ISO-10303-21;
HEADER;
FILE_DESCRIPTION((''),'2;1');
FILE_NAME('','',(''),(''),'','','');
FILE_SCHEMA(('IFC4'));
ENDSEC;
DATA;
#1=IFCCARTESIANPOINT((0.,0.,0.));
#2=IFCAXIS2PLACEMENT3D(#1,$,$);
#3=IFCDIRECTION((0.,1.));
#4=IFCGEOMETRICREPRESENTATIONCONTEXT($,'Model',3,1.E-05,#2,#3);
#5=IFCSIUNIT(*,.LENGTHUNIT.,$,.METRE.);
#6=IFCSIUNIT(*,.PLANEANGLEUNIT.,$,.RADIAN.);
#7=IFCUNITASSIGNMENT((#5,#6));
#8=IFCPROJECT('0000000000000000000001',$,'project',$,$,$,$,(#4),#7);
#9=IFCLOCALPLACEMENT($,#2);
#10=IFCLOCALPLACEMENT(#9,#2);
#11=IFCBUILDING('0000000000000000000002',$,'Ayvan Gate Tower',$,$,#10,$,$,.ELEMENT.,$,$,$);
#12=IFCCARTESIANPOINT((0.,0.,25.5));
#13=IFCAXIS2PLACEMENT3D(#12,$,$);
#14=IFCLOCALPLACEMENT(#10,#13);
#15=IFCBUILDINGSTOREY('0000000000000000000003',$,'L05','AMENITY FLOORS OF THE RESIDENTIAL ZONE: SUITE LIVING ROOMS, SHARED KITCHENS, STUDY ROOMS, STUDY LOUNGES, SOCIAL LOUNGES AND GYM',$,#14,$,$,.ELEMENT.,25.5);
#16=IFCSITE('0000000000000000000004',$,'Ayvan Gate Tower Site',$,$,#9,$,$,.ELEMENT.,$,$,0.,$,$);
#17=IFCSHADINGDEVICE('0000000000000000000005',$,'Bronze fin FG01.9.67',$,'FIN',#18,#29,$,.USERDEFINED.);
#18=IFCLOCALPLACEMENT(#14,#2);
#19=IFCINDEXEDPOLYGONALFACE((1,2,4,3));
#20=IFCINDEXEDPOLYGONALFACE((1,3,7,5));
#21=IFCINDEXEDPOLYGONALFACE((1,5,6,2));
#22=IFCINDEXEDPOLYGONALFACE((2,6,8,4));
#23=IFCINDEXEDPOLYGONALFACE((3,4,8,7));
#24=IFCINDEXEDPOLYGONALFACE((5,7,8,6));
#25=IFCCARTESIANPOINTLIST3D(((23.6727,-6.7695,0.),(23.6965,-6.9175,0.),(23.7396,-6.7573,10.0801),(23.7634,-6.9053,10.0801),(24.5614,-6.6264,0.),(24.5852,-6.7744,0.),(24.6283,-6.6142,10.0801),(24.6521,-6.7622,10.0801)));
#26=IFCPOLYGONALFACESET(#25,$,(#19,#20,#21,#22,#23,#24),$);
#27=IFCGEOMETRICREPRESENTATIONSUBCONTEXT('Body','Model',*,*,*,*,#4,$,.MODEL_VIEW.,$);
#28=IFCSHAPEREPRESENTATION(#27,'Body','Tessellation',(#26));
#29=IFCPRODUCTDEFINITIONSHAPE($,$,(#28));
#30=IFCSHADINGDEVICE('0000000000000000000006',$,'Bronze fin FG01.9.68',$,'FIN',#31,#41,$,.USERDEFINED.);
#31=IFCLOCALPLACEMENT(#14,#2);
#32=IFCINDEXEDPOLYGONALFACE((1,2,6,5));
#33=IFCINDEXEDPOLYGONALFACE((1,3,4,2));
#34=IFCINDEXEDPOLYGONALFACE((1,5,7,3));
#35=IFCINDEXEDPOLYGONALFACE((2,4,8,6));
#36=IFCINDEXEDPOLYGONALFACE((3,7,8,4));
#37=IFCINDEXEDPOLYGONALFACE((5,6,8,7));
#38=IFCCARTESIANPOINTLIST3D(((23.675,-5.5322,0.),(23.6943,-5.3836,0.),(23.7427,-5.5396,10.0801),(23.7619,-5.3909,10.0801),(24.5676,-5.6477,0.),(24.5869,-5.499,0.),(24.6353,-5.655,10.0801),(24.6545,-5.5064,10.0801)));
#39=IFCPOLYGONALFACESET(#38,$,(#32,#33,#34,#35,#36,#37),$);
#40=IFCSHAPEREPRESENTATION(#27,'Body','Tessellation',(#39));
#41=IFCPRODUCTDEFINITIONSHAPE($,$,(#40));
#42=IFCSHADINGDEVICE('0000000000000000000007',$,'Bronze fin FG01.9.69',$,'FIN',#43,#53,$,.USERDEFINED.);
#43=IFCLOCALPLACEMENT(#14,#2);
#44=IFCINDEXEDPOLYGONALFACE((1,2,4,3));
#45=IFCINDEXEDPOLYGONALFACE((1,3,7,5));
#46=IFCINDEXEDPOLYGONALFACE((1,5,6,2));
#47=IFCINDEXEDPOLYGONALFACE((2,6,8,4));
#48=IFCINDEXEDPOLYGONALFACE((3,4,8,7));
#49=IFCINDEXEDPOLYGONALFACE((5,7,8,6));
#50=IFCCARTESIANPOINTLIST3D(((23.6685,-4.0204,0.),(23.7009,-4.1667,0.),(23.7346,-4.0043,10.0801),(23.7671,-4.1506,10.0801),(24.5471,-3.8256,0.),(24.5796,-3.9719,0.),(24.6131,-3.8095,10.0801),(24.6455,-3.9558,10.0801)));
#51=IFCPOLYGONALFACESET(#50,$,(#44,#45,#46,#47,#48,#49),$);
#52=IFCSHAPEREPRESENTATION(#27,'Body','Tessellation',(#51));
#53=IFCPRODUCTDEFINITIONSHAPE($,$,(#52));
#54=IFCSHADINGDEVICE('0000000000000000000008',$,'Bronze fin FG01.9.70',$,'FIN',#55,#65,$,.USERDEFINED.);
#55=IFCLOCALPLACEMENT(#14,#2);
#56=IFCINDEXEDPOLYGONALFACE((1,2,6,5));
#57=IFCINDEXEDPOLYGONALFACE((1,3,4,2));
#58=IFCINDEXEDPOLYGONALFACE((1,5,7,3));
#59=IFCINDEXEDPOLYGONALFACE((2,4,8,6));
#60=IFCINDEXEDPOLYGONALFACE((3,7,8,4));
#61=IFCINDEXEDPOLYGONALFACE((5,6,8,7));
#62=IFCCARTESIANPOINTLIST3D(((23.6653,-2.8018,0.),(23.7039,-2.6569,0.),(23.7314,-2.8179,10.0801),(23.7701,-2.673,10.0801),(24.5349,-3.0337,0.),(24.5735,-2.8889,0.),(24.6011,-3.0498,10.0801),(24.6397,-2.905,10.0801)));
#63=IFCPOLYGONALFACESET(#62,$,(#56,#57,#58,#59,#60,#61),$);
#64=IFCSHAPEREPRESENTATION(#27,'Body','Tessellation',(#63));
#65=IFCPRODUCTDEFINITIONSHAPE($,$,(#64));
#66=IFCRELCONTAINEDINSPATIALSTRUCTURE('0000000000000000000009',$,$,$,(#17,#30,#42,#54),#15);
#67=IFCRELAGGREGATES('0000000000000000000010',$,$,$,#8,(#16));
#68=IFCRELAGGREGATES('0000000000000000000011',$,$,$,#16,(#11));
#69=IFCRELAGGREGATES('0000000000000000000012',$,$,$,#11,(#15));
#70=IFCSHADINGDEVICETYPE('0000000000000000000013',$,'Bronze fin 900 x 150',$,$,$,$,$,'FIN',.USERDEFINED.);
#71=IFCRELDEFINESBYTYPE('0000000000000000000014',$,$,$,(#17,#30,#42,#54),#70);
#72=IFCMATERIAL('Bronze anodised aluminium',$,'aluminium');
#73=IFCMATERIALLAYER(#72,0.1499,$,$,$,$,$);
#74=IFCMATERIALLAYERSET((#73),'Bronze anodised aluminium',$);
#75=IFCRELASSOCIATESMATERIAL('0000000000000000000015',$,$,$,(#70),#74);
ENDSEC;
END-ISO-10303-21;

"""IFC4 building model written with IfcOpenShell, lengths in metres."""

from ifc_helpers import new_model, si_unit, direction, frame, origin, place, context, subcontext, project, spatial, polyline, outline, extrude, material, layer, layer_set, type_object, element, save


model = new_model("IFC4")

# Units and contexts
model_context = context("Model", 3, precision=1e-05, world=origin(), true_north=direction((0.0, 1.0)))
body_context = subcontext(model_context, "Body", "Model", "MODEL_VIEW")
ifc_project = project(units=[si_unit("LENGTHUNIT", "METRE"), si_unit("PLANEANGLEUNIT", "RADIAN")], contexts=[model_context])

# Site, building, storey
site_placement = place(None, origin())
site = spatial("IfcSite", under=ifc_project, at=site_placement, Name="Ayvan Gate Tower Site", CompositionType="ELEMENT", RefElevation=0.0)
building_placement = place(site_placement, origin())
building = spatial("IfcBuilding", under=site, at=building_placement, Name="Ayvan Gate Tower", CompositionType="ELEMENT")
storey_placement = place(building_placement, frame((0.0, 0.0, 25.5)))
storey = spatial("IfcBuildingStorey", under=building, at=storey_placement, Name="L05", Description="AMENITY FLOORS OF THE RESIDENTIAL ZONE: SUITE LIVING ROOMS, SHARED KITCHENS, STUDY ROOMS, STUDY LOUNGES, SOCIAL LOUNGES AND GYM", CompositionType="ELEMENT", Elevation=25.5)

# Shared definitions
ifc_material_1 = material(Name="Bronze anodised aluminium", Category="aluminium")

# Shading devices
ifc_layer_1 = layer(ifc_material_1, 0.1499)
ifc_layer_set_1 = layer_set([ifc_layer_1], Name="Bronze anodised aluminium")
shading_device_type = type_object("IfcShadingDeviceType", Name="Bronze fin 900 x 150", ElementType="FIN", PredefinedType="USERDEFINED", material=ifc_layer_set_1)
shading_device_1_placement = place(storey_placement, frame((23.6965, -6.9175, 0.0), z_axis=(0.158942, -0.987288, 0.000141), x_axis=(0.987288, 0.158942, 0.0)))
element("IfcShadingDevice", 1, at=shading_device_1_placement, inside=storey, type_object=shading_device_type, Name="Bronze fin FG01.9.67", ObjectType="FIN", PredefinedType="USERDEFINED", context=body_context, shape_type="SweptSolid", body=[
    extrude(outline(polyline([(0.0, 0.0), (0.9001, 0.0), (0.9681, 10.0801), (0.068, 10.0801), (0.0, 0.0)])), origin(), (0.0, 0.0, -1.0), 0.1499),
])
shading_device_2_placement = place(storey_placement, frame((23.675, -5.5322, 0.0), z_axis=(-0.128307, -0.991734, 0.00014), x_axis=(0.991734, -0.128307, 0.0)))
element("IfcShadingDevice", 2, at=shading_device_2_placement, inside=storey, type_object=shading_device_type, Name="Bronze fin FG01.9.68", ObjectType="FIN", PredefinedType="USERDEFINED", context=body_context, shape_type="SweptSolid", body=[
    extrude(outline(polyline([(0.0, 0.0), (0.9, 0.0), (0.968, 10.0801), (0.068, 10.0801), (0.0, 0.0)])), origin(), (0.0, 0.0, -1.0), 0.1499),
])
shading_device_3_placement = place(storey_placement, frame((23.7009, -4.1667, 0.0), z_axis=(0.2165, -0.976283, 0.000142), x_axis=(0.976283, 0.2165, 0.0)))
element("IfcShadingDevice", 3, at=shading_device_3_placement, inside=storey, type_object=shading_device_type, Name="Bronze fin FG01.9.69", ObjectType="FIN", PredefinedType="USERDEFINED", context=body_context, shape_type="SweptSolid", body=[
    extrude(outline(polyline([(0.0, 0.0), (0.9, 0.0), (0.9678, 10.0801), (0.0681, 10.0801), (0.0, 0.0)])), origin(), (0.0, 0.0, -1.0), 0.1499),
])
shading_device_4_placement = place(storey_placement, frame((23.6653, -2.8018, 0.0), z_axis=(-0.257696, -0.966226, 0.000147), x_axis=(0.966226, -0.257696, 0.0)))
element("IfcShadingDevice", 4, at=shading_device_4_placement, inside=storey, type_object=shading_device_type, Name="Bronze fin FG01.9.70", ObjectType="FIN", PredefinedType="USERDEFINED", context=body_context, shape_type="SweptSolid", body=[
    extrude(outline(polyline([(0.0, 0.0), (0.9, 0.0), (0.9681, 10.0801), (0.0681, 10.0801), (0.0, 0.0)])), origin(), (0.0, 0.0, -1.0), 0.1499),
])

save(model, "model.ifc")
